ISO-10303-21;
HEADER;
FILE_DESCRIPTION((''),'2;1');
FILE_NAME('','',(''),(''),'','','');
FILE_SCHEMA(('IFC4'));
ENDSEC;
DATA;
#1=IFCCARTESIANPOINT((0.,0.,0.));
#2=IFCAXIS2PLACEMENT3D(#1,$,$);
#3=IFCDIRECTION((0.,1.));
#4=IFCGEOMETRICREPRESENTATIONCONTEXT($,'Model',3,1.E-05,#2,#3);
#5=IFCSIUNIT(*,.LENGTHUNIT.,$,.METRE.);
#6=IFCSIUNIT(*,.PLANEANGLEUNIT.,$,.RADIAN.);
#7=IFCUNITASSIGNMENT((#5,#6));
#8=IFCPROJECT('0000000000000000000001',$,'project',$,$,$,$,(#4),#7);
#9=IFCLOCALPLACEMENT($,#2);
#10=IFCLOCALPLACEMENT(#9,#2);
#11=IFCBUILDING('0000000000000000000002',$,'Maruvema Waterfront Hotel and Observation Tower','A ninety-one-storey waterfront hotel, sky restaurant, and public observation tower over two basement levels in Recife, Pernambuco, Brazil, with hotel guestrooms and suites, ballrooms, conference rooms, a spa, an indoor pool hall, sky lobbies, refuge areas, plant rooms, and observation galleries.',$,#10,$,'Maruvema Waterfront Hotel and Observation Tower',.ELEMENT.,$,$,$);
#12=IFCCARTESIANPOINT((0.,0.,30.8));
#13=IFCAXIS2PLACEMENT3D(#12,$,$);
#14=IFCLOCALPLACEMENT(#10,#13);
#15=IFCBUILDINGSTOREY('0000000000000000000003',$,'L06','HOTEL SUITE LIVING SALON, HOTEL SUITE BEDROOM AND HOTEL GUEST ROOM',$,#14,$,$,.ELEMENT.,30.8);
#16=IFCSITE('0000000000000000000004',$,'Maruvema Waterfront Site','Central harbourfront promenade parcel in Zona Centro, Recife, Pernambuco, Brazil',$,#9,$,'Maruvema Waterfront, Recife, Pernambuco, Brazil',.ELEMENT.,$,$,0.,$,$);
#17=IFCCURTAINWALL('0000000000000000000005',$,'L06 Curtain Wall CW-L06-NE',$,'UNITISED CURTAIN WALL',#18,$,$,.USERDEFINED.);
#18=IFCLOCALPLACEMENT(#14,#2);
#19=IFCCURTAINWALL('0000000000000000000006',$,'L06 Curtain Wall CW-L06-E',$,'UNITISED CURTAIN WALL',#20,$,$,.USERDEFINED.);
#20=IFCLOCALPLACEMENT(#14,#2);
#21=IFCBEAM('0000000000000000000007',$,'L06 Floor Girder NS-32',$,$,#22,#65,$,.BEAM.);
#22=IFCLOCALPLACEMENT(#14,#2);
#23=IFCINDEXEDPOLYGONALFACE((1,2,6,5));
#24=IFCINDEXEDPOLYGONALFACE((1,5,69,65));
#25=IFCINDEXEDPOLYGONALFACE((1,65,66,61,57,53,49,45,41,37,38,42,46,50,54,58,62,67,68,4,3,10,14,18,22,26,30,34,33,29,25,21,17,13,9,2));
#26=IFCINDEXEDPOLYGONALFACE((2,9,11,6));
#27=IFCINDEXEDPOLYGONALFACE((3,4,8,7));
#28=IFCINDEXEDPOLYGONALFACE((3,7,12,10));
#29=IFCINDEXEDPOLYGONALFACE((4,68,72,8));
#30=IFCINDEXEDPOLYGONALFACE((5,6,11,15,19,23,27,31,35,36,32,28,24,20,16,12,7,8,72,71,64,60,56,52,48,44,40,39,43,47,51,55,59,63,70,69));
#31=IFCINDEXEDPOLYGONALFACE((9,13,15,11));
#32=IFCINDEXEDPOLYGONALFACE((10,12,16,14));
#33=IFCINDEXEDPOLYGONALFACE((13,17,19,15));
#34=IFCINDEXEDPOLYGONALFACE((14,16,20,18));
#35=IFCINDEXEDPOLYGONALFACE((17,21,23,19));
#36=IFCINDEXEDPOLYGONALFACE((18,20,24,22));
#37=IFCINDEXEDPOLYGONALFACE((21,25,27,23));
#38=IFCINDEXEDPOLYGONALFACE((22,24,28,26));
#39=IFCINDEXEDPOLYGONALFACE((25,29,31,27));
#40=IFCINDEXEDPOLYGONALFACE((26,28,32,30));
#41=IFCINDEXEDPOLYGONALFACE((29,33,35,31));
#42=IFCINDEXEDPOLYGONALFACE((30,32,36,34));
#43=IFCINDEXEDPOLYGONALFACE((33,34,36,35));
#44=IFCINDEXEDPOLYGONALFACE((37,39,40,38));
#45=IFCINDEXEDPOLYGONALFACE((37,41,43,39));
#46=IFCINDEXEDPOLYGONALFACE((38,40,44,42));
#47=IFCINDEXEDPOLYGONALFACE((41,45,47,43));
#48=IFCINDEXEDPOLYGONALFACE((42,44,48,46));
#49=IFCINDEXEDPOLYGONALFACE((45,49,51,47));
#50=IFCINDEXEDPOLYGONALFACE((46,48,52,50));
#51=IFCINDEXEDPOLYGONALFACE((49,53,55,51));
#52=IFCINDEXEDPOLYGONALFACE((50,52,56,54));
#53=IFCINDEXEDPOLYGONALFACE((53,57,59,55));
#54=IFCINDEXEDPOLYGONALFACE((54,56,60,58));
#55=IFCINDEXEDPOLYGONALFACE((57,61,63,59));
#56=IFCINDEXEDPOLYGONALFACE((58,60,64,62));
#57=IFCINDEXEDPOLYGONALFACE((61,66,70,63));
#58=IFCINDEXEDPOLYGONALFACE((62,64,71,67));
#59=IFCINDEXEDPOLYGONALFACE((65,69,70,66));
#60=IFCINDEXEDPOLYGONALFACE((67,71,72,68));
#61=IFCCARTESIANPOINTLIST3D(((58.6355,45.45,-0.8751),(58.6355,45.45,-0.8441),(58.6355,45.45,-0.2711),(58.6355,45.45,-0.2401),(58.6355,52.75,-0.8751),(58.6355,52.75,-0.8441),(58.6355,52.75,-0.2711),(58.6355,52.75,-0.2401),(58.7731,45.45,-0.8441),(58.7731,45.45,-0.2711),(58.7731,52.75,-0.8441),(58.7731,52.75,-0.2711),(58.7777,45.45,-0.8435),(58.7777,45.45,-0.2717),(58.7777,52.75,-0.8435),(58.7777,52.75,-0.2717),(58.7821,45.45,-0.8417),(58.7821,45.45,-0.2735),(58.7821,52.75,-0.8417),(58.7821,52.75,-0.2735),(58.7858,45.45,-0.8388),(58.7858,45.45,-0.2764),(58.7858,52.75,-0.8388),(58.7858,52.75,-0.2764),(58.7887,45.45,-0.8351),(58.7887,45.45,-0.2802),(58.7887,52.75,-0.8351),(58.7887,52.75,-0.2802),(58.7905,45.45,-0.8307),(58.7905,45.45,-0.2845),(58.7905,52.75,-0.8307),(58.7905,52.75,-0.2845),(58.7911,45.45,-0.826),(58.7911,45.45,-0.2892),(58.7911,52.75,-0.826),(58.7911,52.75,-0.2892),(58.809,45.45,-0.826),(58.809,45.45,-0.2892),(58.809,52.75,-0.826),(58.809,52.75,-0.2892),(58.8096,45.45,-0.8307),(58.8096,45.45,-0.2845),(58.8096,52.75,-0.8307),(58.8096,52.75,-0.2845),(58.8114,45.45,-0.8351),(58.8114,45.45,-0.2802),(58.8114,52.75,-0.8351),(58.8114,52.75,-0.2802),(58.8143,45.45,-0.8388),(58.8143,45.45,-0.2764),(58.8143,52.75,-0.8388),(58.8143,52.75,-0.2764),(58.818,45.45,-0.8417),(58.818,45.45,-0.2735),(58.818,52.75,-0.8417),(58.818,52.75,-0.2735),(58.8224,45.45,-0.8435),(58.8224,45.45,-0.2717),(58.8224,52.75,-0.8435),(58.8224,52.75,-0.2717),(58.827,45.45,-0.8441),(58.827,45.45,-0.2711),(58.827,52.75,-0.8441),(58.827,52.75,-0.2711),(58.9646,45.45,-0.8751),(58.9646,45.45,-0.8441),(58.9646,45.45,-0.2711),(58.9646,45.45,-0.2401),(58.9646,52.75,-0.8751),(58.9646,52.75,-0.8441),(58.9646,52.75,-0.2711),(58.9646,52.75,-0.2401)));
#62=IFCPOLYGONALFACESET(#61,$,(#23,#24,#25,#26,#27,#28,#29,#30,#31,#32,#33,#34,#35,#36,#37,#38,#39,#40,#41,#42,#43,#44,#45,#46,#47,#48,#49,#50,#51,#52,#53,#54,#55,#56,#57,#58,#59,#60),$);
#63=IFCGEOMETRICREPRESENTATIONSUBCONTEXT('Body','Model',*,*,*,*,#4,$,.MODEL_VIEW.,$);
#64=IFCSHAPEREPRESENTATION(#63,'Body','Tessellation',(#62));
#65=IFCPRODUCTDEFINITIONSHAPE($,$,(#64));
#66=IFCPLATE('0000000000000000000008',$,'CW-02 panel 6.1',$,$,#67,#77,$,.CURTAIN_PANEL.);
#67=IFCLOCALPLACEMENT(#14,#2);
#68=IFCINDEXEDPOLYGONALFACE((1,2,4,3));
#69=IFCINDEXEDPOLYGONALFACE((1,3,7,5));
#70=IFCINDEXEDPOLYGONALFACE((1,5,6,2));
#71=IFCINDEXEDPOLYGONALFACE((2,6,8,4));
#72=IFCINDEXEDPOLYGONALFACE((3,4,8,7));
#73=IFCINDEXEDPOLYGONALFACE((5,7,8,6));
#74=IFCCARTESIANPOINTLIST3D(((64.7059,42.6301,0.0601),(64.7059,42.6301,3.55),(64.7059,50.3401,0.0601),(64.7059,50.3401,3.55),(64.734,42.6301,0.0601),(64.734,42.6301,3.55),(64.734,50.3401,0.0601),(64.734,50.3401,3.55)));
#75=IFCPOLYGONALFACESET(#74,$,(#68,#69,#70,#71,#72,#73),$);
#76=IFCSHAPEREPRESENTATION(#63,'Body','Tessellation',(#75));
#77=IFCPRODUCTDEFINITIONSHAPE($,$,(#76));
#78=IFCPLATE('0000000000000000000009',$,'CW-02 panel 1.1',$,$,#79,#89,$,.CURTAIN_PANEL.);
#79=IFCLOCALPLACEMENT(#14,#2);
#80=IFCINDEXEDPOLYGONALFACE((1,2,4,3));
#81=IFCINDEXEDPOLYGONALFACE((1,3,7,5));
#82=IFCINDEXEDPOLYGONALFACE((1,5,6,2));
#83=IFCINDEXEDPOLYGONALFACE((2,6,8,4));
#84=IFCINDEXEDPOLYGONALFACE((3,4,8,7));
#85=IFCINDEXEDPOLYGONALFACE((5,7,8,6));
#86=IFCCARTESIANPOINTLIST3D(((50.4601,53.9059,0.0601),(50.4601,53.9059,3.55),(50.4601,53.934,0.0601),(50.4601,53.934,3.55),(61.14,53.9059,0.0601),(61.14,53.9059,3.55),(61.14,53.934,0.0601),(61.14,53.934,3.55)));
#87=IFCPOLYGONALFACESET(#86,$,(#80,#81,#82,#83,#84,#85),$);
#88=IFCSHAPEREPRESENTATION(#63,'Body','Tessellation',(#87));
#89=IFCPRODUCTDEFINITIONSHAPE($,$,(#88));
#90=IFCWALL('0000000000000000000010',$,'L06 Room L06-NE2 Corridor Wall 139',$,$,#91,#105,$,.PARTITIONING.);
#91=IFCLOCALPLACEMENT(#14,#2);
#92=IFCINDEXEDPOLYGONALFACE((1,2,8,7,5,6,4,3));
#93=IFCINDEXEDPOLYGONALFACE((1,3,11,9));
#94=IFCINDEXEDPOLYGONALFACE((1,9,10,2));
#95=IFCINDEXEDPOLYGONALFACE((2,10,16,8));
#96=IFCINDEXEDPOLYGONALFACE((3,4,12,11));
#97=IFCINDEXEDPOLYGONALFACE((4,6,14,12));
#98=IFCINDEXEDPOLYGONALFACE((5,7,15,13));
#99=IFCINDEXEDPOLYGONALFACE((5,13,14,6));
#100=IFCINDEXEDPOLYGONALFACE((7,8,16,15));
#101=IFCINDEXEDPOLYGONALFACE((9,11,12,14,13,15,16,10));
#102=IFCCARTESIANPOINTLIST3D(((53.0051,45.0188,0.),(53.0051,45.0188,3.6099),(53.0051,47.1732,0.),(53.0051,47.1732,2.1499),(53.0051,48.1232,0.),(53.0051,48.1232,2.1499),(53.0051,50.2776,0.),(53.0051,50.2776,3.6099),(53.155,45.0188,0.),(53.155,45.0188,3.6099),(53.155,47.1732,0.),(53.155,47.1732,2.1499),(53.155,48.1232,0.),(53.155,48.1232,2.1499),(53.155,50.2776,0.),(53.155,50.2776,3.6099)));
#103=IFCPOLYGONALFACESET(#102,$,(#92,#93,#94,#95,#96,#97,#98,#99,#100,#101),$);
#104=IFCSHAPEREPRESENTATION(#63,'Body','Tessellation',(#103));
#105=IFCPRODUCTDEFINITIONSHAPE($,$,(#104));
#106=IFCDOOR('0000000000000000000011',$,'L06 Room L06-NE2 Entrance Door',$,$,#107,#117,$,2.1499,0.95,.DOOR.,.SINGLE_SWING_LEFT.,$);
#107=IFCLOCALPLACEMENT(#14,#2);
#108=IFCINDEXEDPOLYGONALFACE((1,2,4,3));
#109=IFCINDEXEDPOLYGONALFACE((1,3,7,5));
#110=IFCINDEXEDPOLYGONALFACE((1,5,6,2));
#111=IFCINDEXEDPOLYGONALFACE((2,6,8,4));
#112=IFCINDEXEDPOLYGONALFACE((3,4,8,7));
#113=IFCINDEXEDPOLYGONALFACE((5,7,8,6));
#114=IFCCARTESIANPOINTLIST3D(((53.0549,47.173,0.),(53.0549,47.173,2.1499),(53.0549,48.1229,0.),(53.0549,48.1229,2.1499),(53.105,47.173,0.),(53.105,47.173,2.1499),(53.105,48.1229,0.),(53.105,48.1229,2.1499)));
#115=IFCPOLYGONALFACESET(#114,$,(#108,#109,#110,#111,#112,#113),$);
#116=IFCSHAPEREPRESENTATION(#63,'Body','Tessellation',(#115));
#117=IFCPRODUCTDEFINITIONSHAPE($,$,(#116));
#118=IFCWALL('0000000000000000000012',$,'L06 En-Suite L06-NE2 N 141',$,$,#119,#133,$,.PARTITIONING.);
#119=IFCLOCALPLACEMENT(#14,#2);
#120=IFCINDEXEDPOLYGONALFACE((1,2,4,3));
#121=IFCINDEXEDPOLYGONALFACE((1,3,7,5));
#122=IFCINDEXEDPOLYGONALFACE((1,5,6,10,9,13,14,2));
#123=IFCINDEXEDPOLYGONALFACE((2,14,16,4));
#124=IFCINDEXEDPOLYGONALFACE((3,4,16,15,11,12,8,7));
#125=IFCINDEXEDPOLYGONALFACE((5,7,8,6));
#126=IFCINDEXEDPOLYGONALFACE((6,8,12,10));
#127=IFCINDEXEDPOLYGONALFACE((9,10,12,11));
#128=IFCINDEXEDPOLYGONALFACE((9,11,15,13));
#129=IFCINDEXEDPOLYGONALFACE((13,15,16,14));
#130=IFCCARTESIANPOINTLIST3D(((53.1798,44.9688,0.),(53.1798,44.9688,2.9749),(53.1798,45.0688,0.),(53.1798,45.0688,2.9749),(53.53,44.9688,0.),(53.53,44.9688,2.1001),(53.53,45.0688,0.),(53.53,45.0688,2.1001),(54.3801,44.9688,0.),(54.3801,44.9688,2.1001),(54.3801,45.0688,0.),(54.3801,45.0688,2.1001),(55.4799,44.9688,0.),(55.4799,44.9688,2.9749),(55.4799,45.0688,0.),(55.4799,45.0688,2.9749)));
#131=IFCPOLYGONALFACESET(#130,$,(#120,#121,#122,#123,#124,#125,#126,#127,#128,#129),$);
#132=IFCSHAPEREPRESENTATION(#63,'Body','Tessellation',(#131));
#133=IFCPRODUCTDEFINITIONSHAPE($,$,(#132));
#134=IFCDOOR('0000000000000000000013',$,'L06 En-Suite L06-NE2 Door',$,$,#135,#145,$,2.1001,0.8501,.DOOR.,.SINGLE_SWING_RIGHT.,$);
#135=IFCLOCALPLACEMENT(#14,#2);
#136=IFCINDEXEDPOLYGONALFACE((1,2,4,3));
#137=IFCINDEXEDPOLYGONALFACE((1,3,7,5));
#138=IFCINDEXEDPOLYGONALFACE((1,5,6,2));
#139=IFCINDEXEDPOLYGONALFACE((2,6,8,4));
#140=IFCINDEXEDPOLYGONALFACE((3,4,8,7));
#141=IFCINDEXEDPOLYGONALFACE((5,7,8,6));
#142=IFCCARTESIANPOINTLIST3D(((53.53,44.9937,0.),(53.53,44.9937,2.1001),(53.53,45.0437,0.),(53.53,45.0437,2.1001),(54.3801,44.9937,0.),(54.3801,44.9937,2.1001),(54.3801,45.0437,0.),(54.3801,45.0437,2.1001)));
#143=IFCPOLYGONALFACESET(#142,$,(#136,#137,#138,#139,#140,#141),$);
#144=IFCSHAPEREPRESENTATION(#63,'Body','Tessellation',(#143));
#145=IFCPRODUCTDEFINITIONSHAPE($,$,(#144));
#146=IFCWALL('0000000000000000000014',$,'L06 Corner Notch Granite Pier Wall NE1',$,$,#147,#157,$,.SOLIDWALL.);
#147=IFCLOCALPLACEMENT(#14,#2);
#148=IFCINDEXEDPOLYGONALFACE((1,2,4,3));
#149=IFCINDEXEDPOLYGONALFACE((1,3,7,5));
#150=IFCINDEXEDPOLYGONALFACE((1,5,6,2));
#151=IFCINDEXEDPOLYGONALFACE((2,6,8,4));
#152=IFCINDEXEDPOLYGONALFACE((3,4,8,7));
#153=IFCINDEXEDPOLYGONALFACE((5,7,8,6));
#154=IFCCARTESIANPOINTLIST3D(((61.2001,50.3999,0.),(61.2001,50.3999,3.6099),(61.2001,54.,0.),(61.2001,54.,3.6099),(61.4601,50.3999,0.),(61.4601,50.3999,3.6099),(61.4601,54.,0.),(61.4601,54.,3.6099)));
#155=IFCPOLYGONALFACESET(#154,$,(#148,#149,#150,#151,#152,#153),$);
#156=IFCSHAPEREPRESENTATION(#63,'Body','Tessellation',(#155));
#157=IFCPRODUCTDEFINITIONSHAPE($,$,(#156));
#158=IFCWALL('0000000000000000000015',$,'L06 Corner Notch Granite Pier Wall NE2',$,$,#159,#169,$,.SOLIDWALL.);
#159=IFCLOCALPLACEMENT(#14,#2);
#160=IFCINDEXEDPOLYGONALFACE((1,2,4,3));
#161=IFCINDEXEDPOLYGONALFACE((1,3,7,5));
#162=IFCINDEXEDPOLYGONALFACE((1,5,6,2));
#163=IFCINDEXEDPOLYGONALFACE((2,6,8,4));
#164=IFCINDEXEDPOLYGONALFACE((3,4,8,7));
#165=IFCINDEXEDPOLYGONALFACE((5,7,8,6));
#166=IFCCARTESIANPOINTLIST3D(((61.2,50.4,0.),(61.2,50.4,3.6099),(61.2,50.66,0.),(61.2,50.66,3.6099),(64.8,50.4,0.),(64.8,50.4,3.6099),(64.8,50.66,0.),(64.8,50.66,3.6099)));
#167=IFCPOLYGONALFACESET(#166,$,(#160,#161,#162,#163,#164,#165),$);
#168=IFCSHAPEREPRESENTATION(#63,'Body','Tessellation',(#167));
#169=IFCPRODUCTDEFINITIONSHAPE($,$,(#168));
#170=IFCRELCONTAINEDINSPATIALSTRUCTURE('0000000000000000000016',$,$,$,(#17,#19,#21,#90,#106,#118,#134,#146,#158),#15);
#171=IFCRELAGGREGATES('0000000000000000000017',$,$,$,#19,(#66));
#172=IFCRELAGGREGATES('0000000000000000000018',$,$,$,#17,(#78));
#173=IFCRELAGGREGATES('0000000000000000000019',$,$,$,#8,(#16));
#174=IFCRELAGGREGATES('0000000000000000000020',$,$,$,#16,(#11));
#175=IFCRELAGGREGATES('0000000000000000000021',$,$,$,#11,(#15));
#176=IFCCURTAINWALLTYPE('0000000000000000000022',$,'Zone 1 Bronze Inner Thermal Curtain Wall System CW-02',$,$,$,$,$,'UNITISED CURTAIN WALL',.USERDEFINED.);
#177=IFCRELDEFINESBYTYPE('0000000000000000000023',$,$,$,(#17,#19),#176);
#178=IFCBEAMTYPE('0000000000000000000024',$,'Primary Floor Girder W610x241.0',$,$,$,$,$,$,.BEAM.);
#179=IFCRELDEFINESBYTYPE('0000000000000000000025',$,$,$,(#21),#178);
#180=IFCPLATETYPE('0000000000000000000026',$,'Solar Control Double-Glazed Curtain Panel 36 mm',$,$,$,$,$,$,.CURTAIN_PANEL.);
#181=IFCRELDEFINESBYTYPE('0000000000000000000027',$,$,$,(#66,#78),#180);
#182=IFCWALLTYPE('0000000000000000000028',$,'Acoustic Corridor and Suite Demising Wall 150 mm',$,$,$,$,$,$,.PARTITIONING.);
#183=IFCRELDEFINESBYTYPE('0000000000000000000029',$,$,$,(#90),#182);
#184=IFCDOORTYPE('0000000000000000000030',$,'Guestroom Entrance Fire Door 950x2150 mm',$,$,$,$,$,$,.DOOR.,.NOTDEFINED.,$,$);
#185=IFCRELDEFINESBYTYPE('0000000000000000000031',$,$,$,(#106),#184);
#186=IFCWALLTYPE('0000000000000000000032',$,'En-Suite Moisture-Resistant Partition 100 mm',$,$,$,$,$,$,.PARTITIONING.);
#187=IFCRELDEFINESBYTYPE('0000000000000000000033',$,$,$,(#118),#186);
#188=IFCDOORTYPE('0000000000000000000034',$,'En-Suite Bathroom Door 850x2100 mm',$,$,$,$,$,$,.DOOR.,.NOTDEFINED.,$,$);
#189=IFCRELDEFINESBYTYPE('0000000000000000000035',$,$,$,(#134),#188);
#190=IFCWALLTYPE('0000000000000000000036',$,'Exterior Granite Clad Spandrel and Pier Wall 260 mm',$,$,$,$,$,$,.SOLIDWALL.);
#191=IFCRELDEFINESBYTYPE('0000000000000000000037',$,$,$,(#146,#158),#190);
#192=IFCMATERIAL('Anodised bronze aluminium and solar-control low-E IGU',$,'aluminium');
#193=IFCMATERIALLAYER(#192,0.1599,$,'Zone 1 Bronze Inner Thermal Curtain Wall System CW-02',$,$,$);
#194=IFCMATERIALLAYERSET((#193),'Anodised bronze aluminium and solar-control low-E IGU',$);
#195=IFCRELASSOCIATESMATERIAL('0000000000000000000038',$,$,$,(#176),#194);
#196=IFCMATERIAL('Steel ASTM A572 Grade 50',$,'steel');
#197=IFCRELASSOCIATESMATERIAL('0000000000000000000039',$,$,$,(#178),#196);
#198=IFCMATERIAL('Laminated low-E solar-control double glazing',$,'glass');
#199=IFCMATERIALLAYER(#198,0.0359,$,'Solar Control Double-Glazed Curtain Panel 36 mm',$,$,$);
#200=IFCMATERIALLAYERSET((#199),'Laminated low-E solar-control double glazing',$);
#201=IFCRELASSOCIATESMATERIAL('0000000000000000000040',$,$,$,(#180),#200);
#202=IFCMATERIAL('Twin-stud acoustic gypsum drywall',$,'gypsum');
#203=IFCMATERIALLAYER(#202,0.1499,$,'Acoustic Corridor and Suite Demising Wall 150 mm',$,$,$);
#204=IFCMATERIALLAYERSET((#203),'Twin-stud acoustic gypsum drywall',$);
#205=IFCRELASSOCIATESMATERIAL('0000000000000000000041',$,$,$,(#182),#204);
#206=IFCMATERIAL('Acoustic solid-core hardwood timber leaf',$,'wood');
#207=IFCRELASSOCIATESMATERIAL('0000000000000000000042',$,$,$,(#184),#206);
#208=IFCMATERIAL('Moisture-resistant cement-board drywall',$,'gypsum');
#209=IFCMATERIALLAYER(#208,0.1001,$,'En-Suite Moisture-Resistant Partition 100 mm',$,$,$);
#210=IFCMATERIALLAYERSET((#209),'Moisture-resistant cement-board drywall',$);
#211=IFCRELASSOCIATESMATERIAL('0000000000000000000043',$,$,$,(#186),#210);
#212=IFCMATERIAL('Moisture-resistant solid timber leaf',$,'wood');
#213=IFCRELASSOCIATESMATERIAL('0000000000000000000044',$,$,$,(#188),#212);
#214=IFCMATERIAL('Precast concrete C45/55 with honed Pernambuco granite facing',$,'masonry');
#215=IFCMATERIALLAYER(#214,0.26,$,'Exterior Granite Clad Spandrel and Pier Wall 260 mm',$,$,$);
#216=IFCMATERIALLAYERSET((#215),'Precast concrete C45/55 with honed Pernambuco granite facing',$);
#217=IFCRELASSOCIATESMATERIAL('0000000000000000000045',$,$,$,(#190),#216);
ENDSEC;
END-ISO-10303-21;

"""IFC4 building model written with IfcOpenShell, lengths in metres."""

from ifc_helpers import new_model, si_unit, direction, frame, frame_2d, origin, origin_2d, place, context, subcontext, project, spatial, rectangle, i_section, extrude, material, layer, layer_set, material_profile, profile_set, type_object, element, fill, aggregate, save


model = new_model("IFC4")

# Units and contexts
model_context = context("Model", 3, precision=1e-05, world=origin(), true_north=direction((0.0, 1.0)))
body_context = subcontext(model_context, "Body", "Model", "MODEL_VIEW")
ifc_project = project(units=[si_unit("LENGTHUNIT", "METRE"), si_unit("PLANEANGLEUNIT", "RADIAN")], contexts=[model_context])

# Site, building, storey
site_placement = place(None, origin())
site = spatial("IfcSite", under=ifc_project, at=site_placement, Name="Maruvema Waterfront Site", Description="Central harbourfront promenade parcel in Zona Centro, Recife, Pernambuco, Brazil", LongName="Maruvema Waterfront, Recife, Pernambuco, Brazil", CompositionType="ELEMENT", RefElevation=0.0)
building_placement = place(site_placement, origin())
building = spatial("IfcBuilding", under=site, at=building_placement, Name="Maruvema Waterfront Hotel and Observation Tower", Description="A ninety-one-storey waterfront hotel, sky restaurant, and public observation tower over two basement levels in Recife, Pernambuco, Brazil, with hotel guestrooms and suites, ballrooms, conference rooms, a spa, an indoor pool hall, sky lobbies, refuge areas, plant rooms, and observation galleries.", LongName="Maruvema Waterfront Hotel and Observation Tower", CompositionType="ELEMENT")
storey_placement = place(building_placement, frame((0.0, 0.0, 30.8)))
storey = spatial("IfcBuildingStorey", under=building, at=storey_placement, Name="L06", Description="HOTEL SUITE LIVING SALON, HOTEL SUITE BEDROOM AND HOTEL GUEST ROOM", CompositionType="ELEMENT", Elevation=30.8)

# Curtain wall
ifc_material_1 = material(Name="Anodised bronze aluminium and solar-control low-E IGU", Category="aluminium")
ifc_layer_1 = layer(ifc_material_1, 0.1599, Name="Zone 1 Bronze Inner Thermal Curtain Wall System CW-02")
ifc_layer_set_1 = layer_set([ifc_layer_1], Name="Anodised bronze aluminium and solar-control low-E IGU")
curtain_wall_type = type_object("IfcCurtainWallType", Name="Zone 1 Bronze Inner Thermal Curtain Wall System CW-02", ElementType="UNITISED CURTAIN WALL", PredefinedType="USERDEFINED", material=ifc_layer_set_1)
curtain_wall_1_placement = place(storey_placement, origin())
curtain_wall_1 = element("IfcCurtainWall", 1, at=curtain_wall_1_placement, inside=storey, type_object=curtain_wall_type, Name="L06 Curtain Wall CW-L06-NE", ObjectType="UNITISED CURTAIN WALL", PredefinedType="USERDEFINED")

# Curtain wall
curtain_wall_2_placement = place(storey_placement, origin())
curtain_wall_2 = element("IfcCurtainWall", 2, at=curtain_wall_2_placement, inside=storey, type_object=curtain_wall_type, Name="L06 Curtain Wall CW-L06-E", ObjectType="UNITISED CURTAIN WALL", PredefinedType="USERDEFINED")

# Beam
ifc_material_2 = material(Name="Steel ASTM A572 Grade 50", Category="steel")
ifc_material_profile_1 = material_profile(ifc_material_2, i_section(OverallWidth=0.3291, OverallDepth=0.635, WebThickness=0.0178, FlangeThickness=0.031, FilletRadius=0.0181, at=origin_2d()), Name="W610x241.0")
ifc_profile_set_1 = profile_set([ifc_material_profile_1], Name="Steel ASTM A572 Grade 50")
beam_type = type_object("IfcBeamType", Name="Primary Floor Girder W610x241.0", PredefinedType="BEAM", material=ifc_profile_set_1)
beam_1_placement = place(storey_placement, frame((58.8, 45.45, -0.5576), z_axis=(0.0, 1.0, 0.0), x_axis=(-1.0, 0.0, 0.0)))
element("IfcBeam", 3, at=beam_1_placement, inside=storey, type_object=beam_type, Name="L06 Floor Girder NS-32", PredefinedType="BEAM", context=body_context, shape_type="SweptSolid", body=[
    extrude(i_section(OverallWidth=0.3291, OverallDepth=0.635, WebThickness=0.0178, FlangeThickness=0.031, FilletRadius=0.0181, at=origin_2d()), origin(), (0.0, 0.0, 1.0), 7.3),
])

# Plates
ifc_material_3 = material(Name="Laminated low-E solar-control double glazing", Category="glass")
ifc_layer_2 = layer(ifc_material_3, 0.0359, Name="Solar Control Double-Glazed Curtain Panel 36 mm")
ifc_layer_set_2 = layer_set([ifc_layer_2], Name="Laminated low-E solar-control double glazing")
plate_type = type_object("IfcPlateType", Name="Solar Control Double-Glazed Curtain Panel 36 mm", PredefinedType="CURTAIN_PANEL", material=ifc_layer_set_2)
plate_1_placement = place(storey_placement, frame((64.72, 46.4851, 0.0601), z_axis=(0.0, 0.0, 1.0), x_axis=(0.0, 1.0, 0.0)))
plate_1 = element("IfcPlate", 4, at=plate_1_placement, type_object=plate_type, Name="CW-02 panel 6.1", PredefinedType="CURTAIN_PANEL", context=body_context, shape_type="SweptSolid", body=[
    extrude(rectangle(XDim=7.71, YDim=0.0281, at=origin_2d()), origin(), (0.0, 0.0, 1.0), 3.49),
])
aggregate(curtain_wall_2, [plate_1])
plate_2_placement = place(storey_placement, frame((55.8, 53.9199, 0.0601), z_axis=(0.0, 0.0, 1.0), x_axis=(-1.0, 0.0, 0.0)))
plate_2 = element("IfcPlate", 5, at=plate_2_placement, type_object=plate_type, Name="CW-02 panel 1.1", PredefinedType="CURTAIN_PANEL", context=body_context, shape_type="SweptSolid", body=[
    extrude(rectangle(XDim=10.6799, YDim=0.0281, at=origin_2d()), origin(), (0.0, 0.0, 1.0), 3.49),
])
aggregate(curtain_wall_1, [plate_2])

# Walls, openings, doors
ifc_material_4 = material(Name="Twin-stud acoustic gypsum drywall", Category="gypsum")
ifc_layer_3 = layer(ifc_material_4, 0.1499, Name="Acoustic Corridor and Suite Demising Wall 150 mm")
ifc_layer_set_3 = layer_set([ifc_layer_3], Name="Twin-stud acoustic gypsum drywall")
wall_type_1 = type_object("IfcWallType", Name="Acoustic Corridor and Suite Demising Wall 150 mm", PredefinedType="PARTITIONING", material=ifc_layer_set_3)
wall_1_placement = place(storey_placement, frame((53.0801, 45.0188, 0.0), z_axis=(0.0, 0.0, 1.0), x_axis=(0.0, 1.0, 0.0)))
wall_1 = element("IfcWall", 6, at=wall_1_placement, inside=storey, type_object=wall_type_1, Name="L06 Room L06-NE2 Corridor Wall 139", PredefinedType="PARTITIONING", context=body_context, shape_type="SweptSolid", body=[
    extrude(rectangle(XDim=5.2588, YDim=0.1499, at=frame_2d((2.6294, 0.0))), origin(), (0.0, 0.0, 1.0), 3.6099),
])
opening_1_placement = place(wall_1_placement, frame((2.1543, 0.0, 0.0)))
opening_1 = element("IfcOpeningElement", 7, at=opening_1_placement, cuts=wall_1, PredefinedType="OPENING", context=body_context, shape_type="SweptSolid", body=[
    extrude(rectangle(XDim=0.95, YDim=2.1499, at=frame_2d((0.4751, 1.075))), frame((0.0, 0.085, 0.0), z_axis=(0.0, -1.0, 0.0), x_axis=(1.0, 0.0, 0.0)), (0.0, 0.0, 1.0), 0.1699),
])
ifc_material_5 = material(Name="Acoustic solid-core hardwood timber leaf", Category="wood")
door_type_1 = type_object("IfcDoorType", Name="Guestroom Entrance Fire Door 950x2150 mm", OperationType="NOTDEFINED", PredefinedType="DOOR", material=ifc_material_5)
door_1_placement = place(opening_1_placement, frame((0.95, 0.0, 0.0), z_axis=(0.0, 0.0, 1.0), x_axis=(-1.0, 0.0, 0.0)))
door_1 = element("IfcDoor", 8, at=door_1_placement, inside=storey, type_object=door_type_1, Name="L06 Room L06-NE2 Entrance Door", OperationType="SINGLE_SWING_LEFT", OverallHeight=2.1499, OverallWidth=0.95, PredefinedType="DOOR", context=body_context, shape_type="SweptSolid", body=[
    extrude(rectangle(XDim=0.95, YDim=2.1499, at=frame_2d((0.4751, 1.075))), frame((0.0, 0.0249, 0.0), z_axis=(0.0, -1.0, 0.0), x_axis=(1.0, 0.0, 0.0)), (0.0, 0.0, 1.0), 0.05),
])
fill(opening_1, door_1)
ifc_material_6 = material(Name="Moisture-resistant cement-board drywall", Category="gypsum")
ifc_layer_4 = layer(ifc_material_6, 0.1001, Name="En-Suite Moisture-Resistant Partition 100 mm")
ifc_layer_set_4 = layer_set([ifc_layer_4], Name="Moisture-resistant cement-board drywall")
wall_type_2 = type_object("IfcWallType", Name="En-Suite Moisture-Resistant Partition 100 mm", PredefinedType="PARTITIONING", material=ifc_layer_set_4)
wall_2_placement = place(storey_placement, frame((53.1799, 45.0188, 0.0), z_axis=(0.0, 0.0, 1.0), x_axis=(1.0, 0.0, 0.0)))
wall_2 = element("IfcWall", 9, at=wall_2_placement, inside=storey, type_object=wall_type_2, Name="L06 En-Suite L06-NE2 N 141", PredefinedType="PARTITIONING", context=body_context, shape_type="SweptSolid", body=[
    extrude(rectangle(XDim=2.3, YDim=0.1001, at=frame_2d((1.1499, 0.0))), origin(), (0.0, 0.0, 1.0), 2.9749),
])
opening_2_placement = place(wall_2_placement, frame((0.3501, 0.0, 0.0)))
opening_2 = element("IfcOpeningElement", 10, at=opening_2_placement, cuts=wall_2, PredefinedType="OPENING", context=body_context, shape_type="SweptSolid", body=[
    extrude(rectangle(XDim=0.8501, YDim=2.1001, at=frame_2d((0.425, 1.05))), frame((0.0, 0.0601, 0.0), z_axis=(0.0, -1.0, 0.0), x_axis=(1.0, 0.0, 0.0)), (0.0, 0.0, 1.0), 0.1201),
])
ifc_material_7 = material(Name="Moisture-resistant solid timber leaf", Category="wood")
door_type_2 = type_object("IfcDoorType", Name="En-Suite Bathroom Door 850x2100 mm", OperationType="NOTDEFINED", PredefinedType="DOOR", material=ifc_material_7)
door_2_placement = place(opening_2_placement, origin())
door_2 = element("IfcDoor", 11, at=door_2_placement, inside=storey, type_object=door_type_2, Name="L06 En-Suite L06-NE2 Door", OperationType="SINGLE_SWING_RIGHT", OverallHeight=2.1001, OverallWidth=0.8501, PredefinedType="DOOR", context=body_context, shape_type="SweptSolid", body=[
    extrude(rectangle(XDim=0.8501, YDim=2.1001, at=frame_2d((0.425, 1.05))), frame((0.0, 0.0249, 0.0), z_axis=(0.0, -1.0, 0.0), x_axis=(1.0, 0.0, 0.0)), (0.0, 0.0, 1.0), 0.05),
])
fill(opening_2, door_2)

# Walls
ifc_material_8 = material(Name="Precast concrete C45/55 with honed Pernambuco granite facing", Category="masonry")
ifc_layer_5 = layer(ifc_material_8, 0.26, Name="Exterior Granite Clad Spandrel and Pier Wall 260 mm")
ifc_layer_set_5 = layer_set([ifc_layer_5], Name="Precast concrete C45/55 with honed Pernambuco granite facing")
wall_type_3 = type_object("IfcWallType", Name="Exterior Granite Clad Spandrel and Pier Wall 260 mm", PredefinedType="SOLIDWALL", material=ifc_layer_set_5)
for number, where, z_axis, x_axis, name in (
    (12, (61.3301, 54.0, 0.0), (0.0, 0.0, 1.0), (0.0, -1.0, 0.0), "L06 Corner Notch Granite Pier Wall NE1"),
    (13, (61.2, 50.53, 0.0), (0.0, 0.0, 1.0), (1.0, 0.0, 0.0), "L06 Corner Notch Granite Pier Wall NE2"),
):
    element("IfcWall", number, at=place(storey_placement, frame(where, z_axis=z_axis, x_axis=x_axis)), inside=storey, type_object=wall_type_3, Name=name, PredefinedType="SOLIDWALL", context=body_context, shape_type="SweptSolid", body=[
        extrude(rectangle(XDim=3.6001, YDim=0.26, at=frame_2d((1.8, 0.0))), origin(), (0.0, 0.0, 1.0), 3.6099),
    ])

save(model, "model.ifc")
